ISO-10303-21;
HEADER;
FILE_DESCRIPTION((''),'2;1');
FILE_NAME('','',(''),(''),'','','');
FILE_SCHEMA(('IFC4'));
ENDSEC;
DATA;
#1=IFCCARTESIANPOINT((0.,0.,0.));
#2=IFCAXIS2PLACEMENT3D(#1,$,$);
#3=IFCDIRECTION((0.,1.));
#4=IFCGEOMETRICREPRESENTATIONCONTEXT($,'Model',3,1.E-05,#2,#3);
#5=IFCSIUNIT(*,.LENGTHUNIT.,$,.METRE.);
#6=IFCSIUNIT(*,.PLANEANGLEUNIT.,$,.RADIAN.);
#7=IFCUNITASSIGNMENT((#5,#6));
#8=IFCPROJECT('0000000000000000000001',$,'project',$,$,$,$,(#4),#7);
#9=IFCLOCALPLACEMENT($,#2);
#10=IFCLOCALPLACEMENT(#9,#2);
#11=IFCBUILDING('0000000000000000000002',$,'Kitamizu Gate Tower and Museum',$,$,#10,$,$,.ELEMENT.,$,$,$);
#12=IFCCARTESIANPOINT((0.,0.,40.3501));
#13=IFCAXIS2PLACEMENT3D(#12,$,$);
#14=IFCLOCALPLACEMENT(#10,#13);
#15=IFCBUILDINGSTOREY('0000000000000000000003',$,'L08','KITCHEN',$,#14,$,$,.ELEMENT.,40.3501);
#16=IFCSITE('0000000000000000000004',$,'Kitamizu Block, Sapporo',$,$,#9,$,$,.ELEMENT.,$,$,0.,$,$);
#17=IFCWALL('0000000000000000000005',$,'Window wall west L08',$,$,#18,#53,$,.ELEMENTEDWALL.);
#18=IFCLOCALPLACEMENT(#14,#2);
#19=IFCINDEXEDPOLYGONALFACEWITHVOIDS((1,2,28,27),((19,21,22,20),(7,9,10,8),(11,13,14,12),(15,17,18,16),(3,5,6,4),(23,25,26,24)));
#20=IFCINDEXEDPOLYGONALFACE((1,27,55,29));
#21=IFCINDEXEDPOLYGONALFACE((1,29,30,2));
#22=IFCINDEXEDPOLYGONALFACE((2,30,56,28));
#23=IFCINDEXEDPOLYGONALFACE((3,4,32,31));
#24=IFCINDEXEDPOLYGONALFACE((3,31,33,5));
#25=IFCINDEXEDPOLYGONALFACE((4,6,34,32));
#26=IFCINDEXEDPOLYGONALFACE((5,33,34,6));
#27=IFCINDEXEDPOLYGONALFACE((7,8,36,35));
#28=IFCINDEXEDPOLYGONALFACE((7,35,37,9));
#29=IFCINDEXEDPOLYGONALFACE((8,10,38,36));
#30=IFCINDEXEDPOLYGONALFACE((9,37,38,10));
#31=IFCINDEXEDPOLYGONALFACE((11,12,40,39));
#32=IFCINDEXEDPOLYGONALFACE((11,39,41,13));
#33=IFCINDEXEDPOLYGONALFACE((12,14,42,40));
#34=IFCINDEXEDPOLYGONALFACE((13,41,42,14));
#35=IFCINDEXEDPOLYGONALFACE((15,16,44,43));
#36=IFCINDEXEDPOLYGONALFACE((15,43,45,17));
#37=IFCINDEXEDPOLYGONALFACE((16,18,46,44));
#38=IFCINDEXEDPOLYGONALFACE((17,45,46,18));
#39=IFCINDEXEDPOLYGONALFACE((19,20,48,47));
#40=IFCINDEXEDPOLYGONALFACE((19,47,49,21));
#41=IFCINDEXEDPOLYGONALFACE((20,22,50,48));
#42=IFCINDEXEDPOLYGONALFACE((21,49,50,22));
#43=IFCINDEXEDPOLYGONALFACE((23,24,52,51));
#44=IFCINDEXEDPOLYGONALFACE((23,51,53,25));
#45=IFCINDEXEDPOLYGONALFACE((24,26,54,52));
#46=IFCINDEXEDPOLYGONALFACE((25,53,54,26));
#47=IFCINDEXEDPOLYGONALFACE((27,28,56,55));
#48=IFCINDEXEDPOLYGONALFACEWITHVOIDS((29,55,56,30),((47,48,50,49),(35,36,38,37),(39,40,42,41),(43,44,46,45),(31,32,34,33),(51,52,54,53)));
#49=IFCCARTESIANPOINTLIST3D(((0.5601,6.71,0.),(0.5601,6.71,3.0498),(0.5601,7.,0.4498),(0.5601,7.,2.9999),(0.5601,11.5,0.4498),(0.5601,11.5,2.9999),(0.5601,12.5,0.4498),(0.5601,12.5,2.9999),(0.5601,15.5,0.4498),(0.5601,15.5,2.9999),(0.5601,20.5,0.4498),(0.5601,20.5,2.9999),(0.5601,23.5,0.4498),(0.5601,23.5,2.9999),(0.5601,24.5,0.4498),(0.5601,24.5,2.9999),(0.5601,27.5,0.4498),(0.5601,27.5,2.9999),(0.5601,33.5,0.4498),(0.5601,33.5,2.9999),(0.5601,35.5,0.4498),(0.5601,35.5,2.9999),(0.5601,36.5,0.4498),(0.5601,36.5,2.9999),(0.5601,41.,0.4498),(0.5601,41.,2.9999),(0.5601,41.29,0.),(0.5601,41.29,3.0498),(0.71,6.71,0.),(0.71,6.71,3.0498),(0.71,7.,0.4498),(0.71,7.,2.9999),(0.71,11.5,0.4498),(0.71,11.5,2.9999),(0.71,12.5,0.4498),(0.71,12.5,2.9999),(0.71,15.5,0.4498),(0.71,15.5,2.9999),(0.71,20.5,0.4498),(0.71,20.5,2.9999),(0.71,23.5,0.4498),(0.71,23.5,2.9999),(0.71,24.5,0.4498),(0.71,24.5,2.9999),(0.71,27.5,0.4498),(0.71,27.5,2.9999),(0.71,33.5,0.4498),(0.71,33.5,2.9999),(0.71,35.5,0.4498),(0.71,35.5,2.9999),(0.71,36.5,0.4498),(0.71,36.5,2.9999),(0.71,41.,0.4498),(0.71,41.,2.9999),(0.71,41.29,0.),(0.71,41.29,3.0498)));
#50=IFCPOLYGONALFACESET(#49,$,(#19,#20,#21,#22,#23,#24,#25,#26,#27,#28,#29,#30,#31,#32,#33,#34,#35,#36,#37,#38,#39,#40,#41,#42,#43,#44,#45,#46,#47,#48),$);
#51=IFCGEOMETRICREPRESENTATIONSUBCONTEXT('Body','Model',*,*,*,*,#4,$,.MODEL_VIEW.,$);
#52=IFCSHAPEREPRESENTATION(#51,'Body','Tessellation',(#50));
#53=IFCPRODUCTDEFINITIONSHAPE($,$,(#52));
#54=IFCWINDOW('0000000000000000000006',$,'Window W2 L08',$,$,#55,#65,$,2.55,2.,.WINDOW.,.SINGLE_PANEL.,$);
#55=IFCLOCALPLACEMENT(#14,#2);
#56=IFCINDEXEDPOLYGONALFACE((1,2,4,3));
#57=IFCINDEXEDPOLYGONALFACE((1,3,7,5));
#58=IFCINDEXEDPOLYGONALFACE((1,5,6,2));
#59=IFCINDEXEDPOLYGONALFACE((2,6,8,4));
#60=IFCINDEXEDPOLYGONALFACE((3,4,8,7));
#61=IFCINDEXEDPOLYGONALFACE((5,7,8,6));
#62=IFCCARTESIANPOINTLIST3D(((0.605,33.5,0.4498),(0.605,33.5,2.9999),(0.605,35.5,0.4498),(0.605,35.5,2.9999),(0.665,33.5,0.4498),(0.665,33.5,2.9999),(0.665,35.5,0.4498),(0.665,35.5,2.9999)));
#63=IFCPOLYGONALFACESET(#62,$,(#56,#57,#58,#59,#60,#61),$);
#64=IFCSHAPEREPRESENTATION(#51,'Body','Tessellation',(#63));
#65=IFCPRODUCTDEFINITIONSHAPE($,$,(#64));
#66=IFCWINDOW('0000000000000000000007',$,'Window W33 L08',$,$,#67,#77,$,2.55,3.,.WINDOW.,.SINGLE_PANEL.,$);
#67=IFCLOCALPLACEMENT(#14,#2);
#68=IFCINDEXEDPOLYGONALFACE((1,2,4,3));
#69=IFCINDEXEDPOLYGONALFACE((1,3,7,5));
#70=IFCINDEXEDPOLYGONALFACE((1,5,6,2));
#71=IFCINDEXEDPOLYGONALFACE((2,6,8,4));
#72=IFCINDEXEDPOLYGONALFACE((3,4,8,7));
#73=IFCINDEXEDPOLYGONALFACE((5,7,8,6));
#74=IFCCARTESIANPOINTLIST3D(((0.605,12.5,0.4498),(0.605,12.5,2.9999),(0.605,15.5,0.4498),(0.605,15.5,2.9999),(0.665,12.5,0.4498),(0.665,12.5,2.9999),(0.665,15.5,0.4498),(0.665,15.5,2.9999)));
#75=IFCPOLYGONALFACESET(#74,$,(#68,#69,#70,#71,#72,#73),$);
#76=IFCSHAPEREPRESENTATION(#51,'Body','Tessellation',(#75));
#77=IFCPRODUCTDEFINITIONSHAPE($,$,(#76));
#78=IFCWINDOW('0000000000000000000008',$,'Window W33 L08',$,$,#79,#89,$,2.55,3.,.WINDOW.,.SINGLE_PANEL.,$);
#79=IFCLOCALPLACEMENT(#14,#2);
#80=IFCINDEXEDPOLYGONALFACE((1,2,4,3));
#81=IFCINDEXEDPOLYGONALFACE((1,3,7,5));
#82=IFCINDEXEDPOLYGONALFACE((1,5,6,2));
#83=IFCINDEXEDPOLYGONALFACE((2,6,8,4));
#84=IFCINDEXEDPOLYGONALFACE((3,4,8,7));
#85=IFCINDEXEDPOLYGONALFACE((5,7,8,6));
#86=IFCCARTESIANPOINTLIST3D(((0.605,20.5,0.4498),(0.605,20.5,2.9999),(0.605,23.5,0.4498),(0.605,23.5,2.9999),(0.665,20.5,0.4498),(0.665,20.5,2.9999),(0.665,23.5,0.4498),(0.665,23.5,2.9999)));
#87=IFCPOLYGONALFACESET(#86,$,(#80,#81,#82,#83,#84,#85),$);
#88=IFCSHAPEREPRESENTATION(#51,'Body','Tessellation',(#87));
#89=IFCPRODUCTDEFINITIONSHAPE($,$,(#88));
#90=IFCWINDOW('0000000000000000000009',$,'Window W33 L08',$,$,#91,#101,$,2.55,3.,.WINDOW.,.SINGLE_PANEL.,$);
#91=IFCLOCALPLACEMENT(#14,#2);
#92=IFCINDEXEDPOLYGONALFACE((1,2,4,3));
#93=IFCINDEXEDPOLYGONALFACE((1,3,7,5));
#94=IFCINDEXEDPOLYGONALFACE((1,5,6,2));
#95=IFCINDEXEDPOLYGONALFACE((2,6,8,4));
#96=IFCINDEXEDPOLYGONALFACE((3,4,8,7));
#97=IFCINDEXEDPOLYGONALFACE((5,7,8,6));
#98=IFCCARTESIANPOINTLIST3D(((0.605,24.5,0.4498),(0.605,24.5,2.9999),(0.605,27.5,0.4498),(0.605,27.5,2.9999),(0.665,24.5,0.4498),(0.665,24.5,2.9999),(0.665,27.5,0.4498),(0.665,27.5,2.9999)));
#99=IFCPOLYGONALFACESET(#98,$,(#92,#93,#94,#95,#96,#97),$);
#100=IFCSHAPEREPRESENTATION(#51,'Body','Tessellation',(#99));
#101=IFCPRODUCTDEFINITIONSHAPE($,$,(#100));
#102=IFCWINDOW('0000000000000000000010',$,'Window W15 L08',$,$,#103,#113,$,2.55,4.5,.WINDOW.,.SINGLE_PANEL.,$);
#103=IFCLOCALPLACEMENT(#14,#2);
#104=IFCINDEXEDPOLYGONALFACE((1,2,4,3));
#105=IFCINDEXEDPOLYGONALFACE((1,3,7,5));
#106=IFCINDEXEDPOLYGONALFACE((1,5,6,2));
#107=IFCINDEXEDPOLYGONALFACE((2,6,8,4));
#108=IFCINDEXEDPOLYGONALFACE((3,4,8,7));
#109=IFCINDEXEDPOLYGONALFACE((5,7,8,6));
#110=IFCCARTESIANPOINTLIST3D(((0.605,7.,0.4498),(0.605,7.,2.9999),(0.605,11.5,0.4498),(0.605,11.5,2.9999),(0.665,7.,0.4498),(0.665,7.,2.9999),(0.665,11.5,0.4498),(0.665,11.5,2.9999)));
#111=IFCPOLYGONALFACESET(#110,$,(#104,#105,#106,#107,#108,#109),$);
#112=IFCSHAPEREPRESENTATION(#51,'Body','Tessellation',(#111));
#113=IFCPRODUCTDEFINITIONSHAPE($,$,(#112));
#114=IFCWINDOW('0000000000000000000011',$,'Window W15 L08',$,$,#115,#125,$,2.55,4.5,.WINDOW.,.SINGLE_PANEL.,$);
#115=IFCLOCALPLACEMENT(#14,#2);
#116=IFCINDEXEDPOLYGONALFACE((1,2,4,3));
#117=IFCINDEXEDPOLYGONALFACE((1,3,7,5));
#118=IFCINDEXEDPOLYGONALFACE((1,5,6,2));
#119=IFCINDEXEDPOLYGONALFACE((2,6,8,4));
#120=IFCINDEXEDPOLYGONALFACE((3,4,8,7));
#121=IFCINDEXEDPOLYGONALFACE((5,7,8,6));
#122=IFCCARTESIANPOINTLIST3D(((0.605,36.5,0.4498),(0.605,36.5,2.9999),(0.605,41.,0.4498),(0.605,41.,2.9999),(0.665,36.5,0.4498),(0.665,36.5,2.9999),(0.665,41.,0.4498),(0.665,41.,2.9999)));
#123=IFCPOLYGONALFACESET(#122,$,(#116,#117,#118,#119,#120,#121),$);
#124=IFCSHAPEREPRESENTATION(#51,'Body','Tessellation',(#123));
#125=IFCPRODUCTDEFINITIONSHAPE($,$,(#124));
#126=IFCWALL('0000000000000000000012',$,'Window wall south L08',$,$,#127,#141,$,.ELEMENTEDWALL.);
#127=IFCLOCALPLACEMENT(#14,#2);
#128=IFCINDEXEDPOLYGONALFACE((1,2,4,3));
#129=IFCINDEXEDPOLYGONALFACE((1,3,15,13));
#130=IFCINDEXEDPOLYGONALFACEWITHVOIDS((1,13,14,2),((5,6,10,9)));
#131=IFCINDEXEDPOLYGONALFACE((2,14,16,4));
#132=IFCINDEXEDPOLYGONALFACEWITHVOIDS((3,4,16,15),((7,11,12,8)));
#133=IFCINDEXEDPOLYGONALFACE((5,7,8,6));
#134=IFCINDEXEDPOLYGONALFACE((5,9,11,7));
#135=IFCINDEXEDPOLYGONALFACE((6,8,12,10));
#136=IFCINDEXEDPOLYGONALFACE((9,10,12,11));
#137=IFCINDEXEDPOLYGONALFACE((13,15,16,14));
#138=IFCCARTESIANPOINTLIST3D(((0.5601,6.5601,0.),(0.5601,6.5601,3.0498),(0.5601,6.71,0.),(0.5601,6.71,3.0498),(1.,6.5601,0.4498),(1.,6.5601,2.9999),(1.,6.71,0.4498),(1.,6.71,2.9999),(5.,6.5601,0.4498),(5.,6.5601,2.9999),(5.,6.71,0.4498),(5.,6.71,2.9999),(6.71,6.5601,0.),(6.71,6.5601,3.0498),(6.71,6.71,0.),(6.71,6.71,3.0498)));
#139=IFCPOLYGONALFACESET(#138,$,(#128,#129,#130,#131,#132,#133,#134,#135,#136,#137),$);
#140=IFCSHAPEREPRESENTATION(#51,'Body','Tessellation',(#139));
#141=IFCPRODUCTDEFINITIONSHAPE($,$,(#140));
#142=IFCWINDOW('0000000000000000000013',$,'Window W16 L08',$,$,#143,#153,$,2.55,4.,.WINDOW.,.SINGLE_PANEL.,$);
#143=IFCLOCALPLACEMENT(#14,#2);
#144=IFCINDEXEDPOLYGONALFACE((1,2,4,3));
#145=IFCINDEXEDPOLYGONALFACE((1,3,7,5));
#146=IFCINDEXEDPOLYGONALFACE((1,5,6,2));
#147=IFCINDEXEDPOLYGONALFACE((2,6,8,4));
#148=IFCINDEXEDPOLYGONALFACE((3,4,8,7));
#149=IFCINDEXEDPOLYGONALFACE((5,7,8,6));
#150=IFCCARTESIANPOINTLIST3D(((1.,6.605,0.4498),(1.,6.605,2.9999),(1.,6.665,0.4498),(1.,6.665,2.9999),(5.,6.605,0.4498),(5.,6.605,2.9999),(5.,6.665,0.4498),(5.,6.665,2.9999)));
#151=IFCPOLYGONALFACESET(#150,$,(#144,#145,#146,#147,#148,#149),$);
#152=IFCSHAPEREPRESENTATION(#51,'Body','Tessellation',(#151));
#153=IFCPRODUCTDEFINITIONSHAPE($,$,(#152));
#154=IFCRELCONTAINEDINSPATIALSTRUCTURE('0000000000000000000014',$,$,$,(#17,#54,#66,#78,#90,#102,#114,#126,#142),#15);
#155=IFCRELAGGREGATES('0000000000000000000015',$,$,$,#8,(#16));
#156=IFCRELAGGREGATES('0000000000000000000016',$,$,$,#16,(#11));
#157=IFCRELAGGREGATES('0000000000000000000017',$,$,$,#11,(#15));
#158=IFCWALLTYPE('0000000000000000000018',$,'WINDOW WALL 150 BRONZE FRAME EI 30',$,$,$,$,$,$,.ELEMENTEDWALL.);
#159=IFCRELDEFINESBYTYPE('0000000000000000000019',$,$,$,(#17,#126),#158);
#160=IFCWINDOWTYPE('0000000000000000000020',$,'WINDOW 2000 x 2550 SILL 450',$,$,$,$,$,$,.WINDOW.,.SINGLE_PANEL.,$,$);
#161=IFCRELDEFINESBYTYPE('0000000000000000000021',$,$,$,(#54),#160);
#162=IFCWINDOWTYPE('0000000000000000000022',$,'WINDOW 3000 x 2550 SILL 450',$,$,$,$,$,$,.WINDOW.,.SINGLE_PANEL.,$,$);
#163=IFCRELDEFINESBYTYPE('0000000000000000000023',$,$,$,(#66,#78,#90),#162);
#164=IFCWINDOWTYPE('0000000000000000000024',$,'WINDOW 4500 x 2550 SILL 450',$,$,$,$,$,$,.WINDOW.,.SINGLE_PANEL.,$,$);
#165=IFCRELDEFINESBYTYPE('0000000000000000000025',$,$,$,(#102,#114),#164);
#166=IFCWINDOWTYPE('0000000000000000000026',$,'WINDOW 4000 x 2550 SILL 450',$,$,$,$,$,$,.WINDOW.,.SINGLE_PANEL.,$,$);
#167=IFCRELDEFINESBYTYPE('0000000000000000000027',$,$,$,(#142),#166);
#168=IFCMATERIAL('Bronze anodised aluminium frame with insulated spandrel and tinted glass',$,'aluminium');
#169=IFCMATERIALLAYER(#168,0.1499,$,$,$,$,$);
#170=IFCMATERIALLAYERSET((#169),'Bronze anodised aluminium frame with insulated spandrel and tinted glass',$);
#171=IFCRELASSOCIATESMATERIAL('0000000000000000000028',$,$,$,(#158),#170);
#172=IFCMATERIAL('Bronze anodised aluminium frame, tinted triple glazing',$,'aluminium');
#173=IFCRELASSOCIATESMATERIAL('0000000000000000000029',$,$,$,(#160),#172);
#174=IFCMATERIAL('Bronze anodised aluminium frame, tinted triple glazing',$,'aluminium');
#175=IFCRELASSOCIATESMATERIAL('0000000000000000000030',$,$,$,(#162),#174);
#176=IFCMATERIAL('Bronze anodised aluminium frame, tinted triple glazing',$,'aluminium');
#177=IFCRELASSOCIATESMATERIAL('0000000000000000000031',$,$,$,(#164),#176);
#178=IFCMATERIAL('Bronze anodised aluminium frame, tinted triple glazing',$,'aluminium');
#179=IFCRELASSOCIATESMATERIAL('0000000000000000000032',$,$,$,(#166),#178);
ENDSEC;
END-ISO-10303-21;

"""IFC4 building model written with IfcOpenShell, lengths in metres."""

from ifc_helpers import new_model, si_unit, direction, frame, frame_2d, origin, place, context, subcontext, project, spatial, rectangle, extrude, material, layer, layer_set, type_object, element, fill, save


model = new_model("IFC4")

# Units and contexts
model_context = context("Model", 3, precision=1e-05, world=origin(), true_north=direction((0.0, 1.0)))
body_context = subcontext(model_context, "Body", "Model", "MODEL_VIEW")
ifc_project = project(units=[si_unit("LENGTHUNIT", "METRE"), si_unit("PLANEANGLEUNIT", "RADIAN")], contexts=[model_context])

# Site, building, storey
site_placement = place(None, origin())
site = spatial("IfcSite", under=ifc_project, at=site_placement, Name="Kitamizu Block, Sapporo", CompositionType="ELEMENT", RefElevation=0.0)
building_placement = place(site_placement, origin())
building = spatial("IfcBuilding", under=site, at=building_placement, Name="Kitamizu Gate Tower and Museum", CompositionType="ELEMENT")
storey_placement = place(building_placement, frame((0.0, 0.0, 40.3501)))
storey = spatial("IfcBuildingStorey", under=building, at=storey_placement, Name="L08", Description="KITCHEN", CompositionType="ELEMENT", Elevation=40.3501)

# Wall, openings, windows
ifc_material_1 = material(Name="Bronze anodised aluminium frame with insulated spandrel and tinted glass", Category="aluminium")
ifc_layer_1 = layer(ifc_material_1, 0.1499)
ifc_layer_set_1 = layer_set([ifc_layer_1], Name="Bronze anodised aluminium frame with insulated spandrel and tinted glass")
wall_type = type_object("IfcWallType", Name="WINDOW WALL 150 BRONZE FRAME EI 30", PredefinedType="ELEMENTEDWALL", material=ifc_layer_set_1)
wall_1_placement = place(storey_placement, frame((0.635, 6.71, 0.0), z_axis=(0.0, 0.0, 1.0), x_axis=(0.0, 1.0, 0.0)))
wall_1 = element("IfcWall", 1, at=wall_1_placement, inside=storey, type_object=wall_type, Name="Window wall west L08", PredefinedType="ELEMENTEDWALL", context=body_context, shape_type="SweptSolid", body=[
    extrude(rectangle(XDim=34.5801, YDim=0.1499, at=frame_2d((17.29, 0.0))), origin(), (0.0, 0.0, 1.0), 3.0498),
])
opening_1_placement = place(wall_1_placement, frame((0.29, 0.0, 0.45)))
opening_1 = element("IfcOpeningElement", 2, at=opening_1_placement, cuts=wall_1, PredefinedType="OPENING", context=body_context, shape_type="SweptSolid", body=[
    extrude(rectangle(XDim=4.5, YDim=2.55, at=frame_2d((2.25, 1.2749))), frame((0.0, 0.085, 0.0), z_axis=(0.0, -1.0, 0.0), x_axis=(1.0, 0.0, 0.0)), (0.0, 0.0, 1.0), 0.1699),
])
opening_2_placement = place(wall_1_placement, frame((5.79, 0.0, 0.45)))
opening_2 = element("IfcOpeningElement", 3, at=opening_2_placement, cuts=wall_1, PredefinedType="OPENING", context=body_context, shape_type="SweptSolid", body=[
    extrude(rectangle(XDim=3.0, YDim=2.55, at=frame_2d((1.5, 1.2749))), frame((0.0, 0.085, 0.0), z_axis=(0.0, -1.0, 0.0), x_axis=(1.0, 0.0, 0.0)), (0.0, 0.0, 1.0), 0.1699),
])
opening_3_placement = place(wall_1_placement, frame((13.79, 0.0, 0.45)))
opening_3 = element("IfcOpeningElement", 4, at=opening_3_placement, cuts=wall_1, PredefinedType="OPENING", context=body_context, shape_type="SweptSolid", body=[
    extrude(rectangle(XDim=3.0, YDim=2.55, at=frame_2d((1.5, 1.2749))), frame((0.0, 0.085, 0.0), z_axis=(0.0, -1.0, 0.0), x_axis=(1.0, 0.0, 0.0)), (0.0, 0.0, 1.0), 0.1699),
])
opening_4_placement = place(wall_1_placement, frame((17.79, 0.0, 0.45)))
opening_4 = element("IfcOpeningElement", 5, at=opening_4_placement, cuts=wall_1, PredefinedType="OPENING", context=body_context, shape_type="SweptSolid", body=[
    extrude(rectangle(XDim=3.0, YDim=2.55, at=frame_2d((1.5, 1.2749))), frame((0.0, 0.085, 0.0), z_axis=(0.0, -1.0, 0.0), x_axis=(1.0, 0.0, 0.0)), (0.0, 0.0, 1.0), 0.1699),
])
opening_5_placement = place(wall_1_placement, frame((26.79, 0.0, 0.45)))
opening_5 = element("IfcOpeningElement", 6, at=opening_5_placement, cuts=wall_1, PredefinedType="OPENING", context=body_context, shape_type="SweptSolid", body=[
    extrude(rectangle(XDim=2.0, YDim=2.55, at=frame_2d((1.0, 1.2749))), frame((0.0, 0.085, 0.0), z_axis=(0.0, -1.0, 0.0), x_axis=(1.0, 0.0, 0.0)), (0.0, 0.0, 1.0), 0.1699),
])
opening_6_placement = place(wall_1_placement, frame((29.79, 0.0, 0.45)))
opening_6 = element("IfcOpeningElement", 7, at=opening_6_placement, cuts=wall_1, PredefinedType="OPENING", context=body_context, shape_type="SweptSolid", body=[
    extrude(rectangle(XDim=4.5, YDim=2.55, at=frame_2d((2.25, 1.2749))), frame((0.0, 0.085, 0.0), z_axis=(0.0, -1.0, 0.0), x_axis=(1.0, 0.0, 0.0)), (0.0, 0.0, 1.0), 0.1699),
])
ifc_material_2 = material(Name="Bronze anodised aluminium frame, tinted triple glazing", Category="aluminium")
window_type_1 = type_object("IfcWindowType", Name="WINDOW 2000 x 2550 SILL 450", PartitioningType="SINGLE_PANEL", PredefinedType="WINDOW", material=ifc_material_2)
window_1_placement = place(opening_5_placement, origin())
window_1 = element("IfcWindow", 8, at=window_1_placement, inside=storey, type_object=window_type_1, Name="Window W2 L08", OverallHeight=2.55, OverallWidth=2.0, PartitioningType="SINGLE_PANEL", PredefinedType="WINDOW", context=body_context, shape_type="SweptSolid", body=[
    extrude(rectangle(XDim=2.0, YDim=2.55, at=frame_2d((1.0, 1.2749))), frame((0.0, 0.03, 0.0), z_axis=(0.0, -1.0, 0.0), x_axis=(1.0, 0.0, 0.0)), (0.0, 0.0, 1.0), 0.0601),
])
fill(opening_5, window_1)
ifc_material_3 = material(Name="Bronze anodised aluminium frame, tinted triple glazing", Category="aluminium")
window_type_2 = type_object("IfcWindowType", Name="WINDOW 3000 x 2550 SILL 450", PartitioningType="SINGLE_PANEL", PredefinedType="WINDOW", material=ifc_material_3)
window_2_placement = place(opening_2_placement, origin())
window_2 = element("IfcWindow", 9, at=window_2_placement, inside=storey, type_object=window_type_2, Name="Window W33 L08", OverallHeight=2.55, OverallWidth=3.0, PartitioningType="SINGLE_PANEL", PredefinedType="WINDOW", context=body_context, shape_type="SweptSolid", body=[
    extrude(rectangle(XDim=3.0, YDim=2.55, at=frame_2d((1.5, 1.2749))), frame((0.0, 0.03, 0.0), z_axis=(0.0, -1.0, 0.0), x_axis=(1.0, 0.0, 0.0)), (0.0, 0.0, 1.0), 0.0601),
])
fill(opening_2, window_2)
window_3_placement = place(opening_3_placement, origin())
window_3 = element("IfcWindow", 10, at=window_3_placement, inside=storey, type_object=window_type_2, Name="Window W33 L08", OverallHeight=2.55, OverallWidth=3.0, PartitioningType="SINGLE_PANEL", PredefinedType="WINDOW", context=body_context, shape_type="SweptSolid", body=[
    extrude(rectangle(XDim=3.0, YDim=2.55, at=frame_2d((1.5, 1.2749))), frame((0.0, 0.03, 0.0), z_axis=(0.0, -1.0, 0.0), x_axis=(1.0, 0.0, 0.0)), (0.0, 0.0, 1.0), 0.0601),
])
fill(opening_3, window_3)
window_4_placement = place(opening_4_placement, origin())
window_4 = element("IfcWindow", 11, at=window_4_placement, inside=storey, type_object=window_type_2, Name="Window W33 L08", OverallHeight=2.55, OverallWidth=3.0, PartitioningType="SINGLE_PANEL", PredefinedType="WINDOW", context=body_context, shape_type="SweptSolid", body=[
    extrude(rectangle(XDim=3.0, YDim=2.55, at=frame_2d((1.5, 1.2749))), frame((0.0, 0.03, 0.0), z_axis=(0.0, -1.0, 0.0), x_axis=(1.0, 0.0, 0.0)), (0.0, 0.0, 1.0), 0.0601),
])
fill(opening_4, window_4)
ifc_material_4 = material(Name="Bronze anodised aluminium frame, tinted triple glazing", Category="aluminium")
window_type_3 = type_object("IfcWindowType", Name="WINDOW 4500 x 2550 SILL 450", PartitioningType="SINGLE_PANEL", PredefinedType="WINDOW", material=ifc_material_4)
window_5_placement = place(opening_1_placement, origin())
window_5 = element("IfcWindow", 12, at=window_5_placement, inside=storey, type_object=window_type_3, Name="Window W15 L08", OverallHeight=2.55, OverallWidth=4.5, PartitioningType="SINGLE_PANEL", PredefinedType="WINDOW", context=body_context, shape_type="SweptSolid", body=[
    extrude(rectangle(XDim=4.5, YDim=2.55, at=frame_2d((2.25, 1.2749))), frame((0.0, 0.03, 0.0), z_axis=(0.0, -1.0, 0.0), x_axis=(1.0, 0.0, 0.0)), (0.0, 0.0, 1.0), 0.0601),
])
fill(opening_1, window_5)
window_6_placement = place(opening_6_placement, origin())
window_6 = element("IfcWindow", 13, at=window_6_placement, inside=storey, type_object=window_type_3, Name="Window W15 L08", OverallHeight=2.55, OverallWidth=4.5, PartitioningType="SINGLE_PANEL", PredefinedType="WINDOW", context=body_context, shape_type="SweptSolid", body=[
    extrude(rectangle(XDim=4.5, YDim=2.55, at=frame_2d((2.25, 1.2749))), frame((0.0, 0.03, 0.0), z_axis=(0.0, -1.0, 0.0), x_axis=(1.0, 0.0, 0.0)), (0.0, 0.0, 1.0), 0.0601),
])
fill(opening_6, window_6)

# Wall, opening, window
wall_2_placement = place(storey_placement, frame((0.5601, 6.635, 0.0), z_axis=(0.0, 0.0, 1.0), x_axis=(1.0, 0.0, 0.0)))
wall_2 = element("IfcWall", 14, at=wall_2_placement, inside=storey, type_object=wall_type, Name="Window wall south L08", PredefinedType="ELEMENTEDWALL", context=body_context, shape_type="SweptSolid", body=[
    extrude(rectangle(XDim=6.1499, YDim=0.1499, at=frame_2d((3.075, 0.0))), origin(), (0.0, 0.0, 1.0), 3.0498),
])
opening_7_placement = place(wall_2_placement, frame((0.4399, 0.0, 0.45)))
opening_7 = element("IfcOpeningElement", 15, at=opening_7_placement, cuts=wall_2, PredefinedType="OPENING", context=body_context, shape_type="SweptSolid", body=[
    extrude(rectangle(XDim=4.0, YDim=2.55, at=frame_2d((2.0, 1.2749))), frame((0.0, 0.085, 0.0), z_axis=(0.0, -1.0, 0.0), x_axis=(1.0, 0.0, 0.0)), (0.0, 0.0, 1.0), 0.1699),
])
ifc_material_5 = material(Name="Bronze anodised aluminium frame, tinted triple glazing", Category="aluminium")
window_type_4 = type_object("IfcWindowType", Name="WINDOW 4000 x 2550 SILL 450", PartitioningType="SINGLE_PANEL", PredefinedType="WINDOW", material=ifc_material_5)
window_7_placement = place(opening_7_placement, origin())
window_7 = element("IfcWindow", 16, at=window_7_placement, inside=storey, type_object=window_type_4, Name="Window W16 L08", OverallHeight=2.55, OverallWidth=4.0, PartitioningType="SINGLE_PANEL", PredefinedType="WINDOW", context=body_context, shape_type="SweptSolid", body=[
    extrude(rectangle(XDim=4.0, YDim=2.55, at=frame_2d((2.0, 1.2749))), frame((0.0, 0.03, 0.0), z_axis=(0.0, -1.0, 0.0), x_axis=(1.0, 0.0, 0.0)), (0.0, 0.0, 1.0), 0.0601),
])
fill(opening_7, window_7)

save(model, "model.ifc")
